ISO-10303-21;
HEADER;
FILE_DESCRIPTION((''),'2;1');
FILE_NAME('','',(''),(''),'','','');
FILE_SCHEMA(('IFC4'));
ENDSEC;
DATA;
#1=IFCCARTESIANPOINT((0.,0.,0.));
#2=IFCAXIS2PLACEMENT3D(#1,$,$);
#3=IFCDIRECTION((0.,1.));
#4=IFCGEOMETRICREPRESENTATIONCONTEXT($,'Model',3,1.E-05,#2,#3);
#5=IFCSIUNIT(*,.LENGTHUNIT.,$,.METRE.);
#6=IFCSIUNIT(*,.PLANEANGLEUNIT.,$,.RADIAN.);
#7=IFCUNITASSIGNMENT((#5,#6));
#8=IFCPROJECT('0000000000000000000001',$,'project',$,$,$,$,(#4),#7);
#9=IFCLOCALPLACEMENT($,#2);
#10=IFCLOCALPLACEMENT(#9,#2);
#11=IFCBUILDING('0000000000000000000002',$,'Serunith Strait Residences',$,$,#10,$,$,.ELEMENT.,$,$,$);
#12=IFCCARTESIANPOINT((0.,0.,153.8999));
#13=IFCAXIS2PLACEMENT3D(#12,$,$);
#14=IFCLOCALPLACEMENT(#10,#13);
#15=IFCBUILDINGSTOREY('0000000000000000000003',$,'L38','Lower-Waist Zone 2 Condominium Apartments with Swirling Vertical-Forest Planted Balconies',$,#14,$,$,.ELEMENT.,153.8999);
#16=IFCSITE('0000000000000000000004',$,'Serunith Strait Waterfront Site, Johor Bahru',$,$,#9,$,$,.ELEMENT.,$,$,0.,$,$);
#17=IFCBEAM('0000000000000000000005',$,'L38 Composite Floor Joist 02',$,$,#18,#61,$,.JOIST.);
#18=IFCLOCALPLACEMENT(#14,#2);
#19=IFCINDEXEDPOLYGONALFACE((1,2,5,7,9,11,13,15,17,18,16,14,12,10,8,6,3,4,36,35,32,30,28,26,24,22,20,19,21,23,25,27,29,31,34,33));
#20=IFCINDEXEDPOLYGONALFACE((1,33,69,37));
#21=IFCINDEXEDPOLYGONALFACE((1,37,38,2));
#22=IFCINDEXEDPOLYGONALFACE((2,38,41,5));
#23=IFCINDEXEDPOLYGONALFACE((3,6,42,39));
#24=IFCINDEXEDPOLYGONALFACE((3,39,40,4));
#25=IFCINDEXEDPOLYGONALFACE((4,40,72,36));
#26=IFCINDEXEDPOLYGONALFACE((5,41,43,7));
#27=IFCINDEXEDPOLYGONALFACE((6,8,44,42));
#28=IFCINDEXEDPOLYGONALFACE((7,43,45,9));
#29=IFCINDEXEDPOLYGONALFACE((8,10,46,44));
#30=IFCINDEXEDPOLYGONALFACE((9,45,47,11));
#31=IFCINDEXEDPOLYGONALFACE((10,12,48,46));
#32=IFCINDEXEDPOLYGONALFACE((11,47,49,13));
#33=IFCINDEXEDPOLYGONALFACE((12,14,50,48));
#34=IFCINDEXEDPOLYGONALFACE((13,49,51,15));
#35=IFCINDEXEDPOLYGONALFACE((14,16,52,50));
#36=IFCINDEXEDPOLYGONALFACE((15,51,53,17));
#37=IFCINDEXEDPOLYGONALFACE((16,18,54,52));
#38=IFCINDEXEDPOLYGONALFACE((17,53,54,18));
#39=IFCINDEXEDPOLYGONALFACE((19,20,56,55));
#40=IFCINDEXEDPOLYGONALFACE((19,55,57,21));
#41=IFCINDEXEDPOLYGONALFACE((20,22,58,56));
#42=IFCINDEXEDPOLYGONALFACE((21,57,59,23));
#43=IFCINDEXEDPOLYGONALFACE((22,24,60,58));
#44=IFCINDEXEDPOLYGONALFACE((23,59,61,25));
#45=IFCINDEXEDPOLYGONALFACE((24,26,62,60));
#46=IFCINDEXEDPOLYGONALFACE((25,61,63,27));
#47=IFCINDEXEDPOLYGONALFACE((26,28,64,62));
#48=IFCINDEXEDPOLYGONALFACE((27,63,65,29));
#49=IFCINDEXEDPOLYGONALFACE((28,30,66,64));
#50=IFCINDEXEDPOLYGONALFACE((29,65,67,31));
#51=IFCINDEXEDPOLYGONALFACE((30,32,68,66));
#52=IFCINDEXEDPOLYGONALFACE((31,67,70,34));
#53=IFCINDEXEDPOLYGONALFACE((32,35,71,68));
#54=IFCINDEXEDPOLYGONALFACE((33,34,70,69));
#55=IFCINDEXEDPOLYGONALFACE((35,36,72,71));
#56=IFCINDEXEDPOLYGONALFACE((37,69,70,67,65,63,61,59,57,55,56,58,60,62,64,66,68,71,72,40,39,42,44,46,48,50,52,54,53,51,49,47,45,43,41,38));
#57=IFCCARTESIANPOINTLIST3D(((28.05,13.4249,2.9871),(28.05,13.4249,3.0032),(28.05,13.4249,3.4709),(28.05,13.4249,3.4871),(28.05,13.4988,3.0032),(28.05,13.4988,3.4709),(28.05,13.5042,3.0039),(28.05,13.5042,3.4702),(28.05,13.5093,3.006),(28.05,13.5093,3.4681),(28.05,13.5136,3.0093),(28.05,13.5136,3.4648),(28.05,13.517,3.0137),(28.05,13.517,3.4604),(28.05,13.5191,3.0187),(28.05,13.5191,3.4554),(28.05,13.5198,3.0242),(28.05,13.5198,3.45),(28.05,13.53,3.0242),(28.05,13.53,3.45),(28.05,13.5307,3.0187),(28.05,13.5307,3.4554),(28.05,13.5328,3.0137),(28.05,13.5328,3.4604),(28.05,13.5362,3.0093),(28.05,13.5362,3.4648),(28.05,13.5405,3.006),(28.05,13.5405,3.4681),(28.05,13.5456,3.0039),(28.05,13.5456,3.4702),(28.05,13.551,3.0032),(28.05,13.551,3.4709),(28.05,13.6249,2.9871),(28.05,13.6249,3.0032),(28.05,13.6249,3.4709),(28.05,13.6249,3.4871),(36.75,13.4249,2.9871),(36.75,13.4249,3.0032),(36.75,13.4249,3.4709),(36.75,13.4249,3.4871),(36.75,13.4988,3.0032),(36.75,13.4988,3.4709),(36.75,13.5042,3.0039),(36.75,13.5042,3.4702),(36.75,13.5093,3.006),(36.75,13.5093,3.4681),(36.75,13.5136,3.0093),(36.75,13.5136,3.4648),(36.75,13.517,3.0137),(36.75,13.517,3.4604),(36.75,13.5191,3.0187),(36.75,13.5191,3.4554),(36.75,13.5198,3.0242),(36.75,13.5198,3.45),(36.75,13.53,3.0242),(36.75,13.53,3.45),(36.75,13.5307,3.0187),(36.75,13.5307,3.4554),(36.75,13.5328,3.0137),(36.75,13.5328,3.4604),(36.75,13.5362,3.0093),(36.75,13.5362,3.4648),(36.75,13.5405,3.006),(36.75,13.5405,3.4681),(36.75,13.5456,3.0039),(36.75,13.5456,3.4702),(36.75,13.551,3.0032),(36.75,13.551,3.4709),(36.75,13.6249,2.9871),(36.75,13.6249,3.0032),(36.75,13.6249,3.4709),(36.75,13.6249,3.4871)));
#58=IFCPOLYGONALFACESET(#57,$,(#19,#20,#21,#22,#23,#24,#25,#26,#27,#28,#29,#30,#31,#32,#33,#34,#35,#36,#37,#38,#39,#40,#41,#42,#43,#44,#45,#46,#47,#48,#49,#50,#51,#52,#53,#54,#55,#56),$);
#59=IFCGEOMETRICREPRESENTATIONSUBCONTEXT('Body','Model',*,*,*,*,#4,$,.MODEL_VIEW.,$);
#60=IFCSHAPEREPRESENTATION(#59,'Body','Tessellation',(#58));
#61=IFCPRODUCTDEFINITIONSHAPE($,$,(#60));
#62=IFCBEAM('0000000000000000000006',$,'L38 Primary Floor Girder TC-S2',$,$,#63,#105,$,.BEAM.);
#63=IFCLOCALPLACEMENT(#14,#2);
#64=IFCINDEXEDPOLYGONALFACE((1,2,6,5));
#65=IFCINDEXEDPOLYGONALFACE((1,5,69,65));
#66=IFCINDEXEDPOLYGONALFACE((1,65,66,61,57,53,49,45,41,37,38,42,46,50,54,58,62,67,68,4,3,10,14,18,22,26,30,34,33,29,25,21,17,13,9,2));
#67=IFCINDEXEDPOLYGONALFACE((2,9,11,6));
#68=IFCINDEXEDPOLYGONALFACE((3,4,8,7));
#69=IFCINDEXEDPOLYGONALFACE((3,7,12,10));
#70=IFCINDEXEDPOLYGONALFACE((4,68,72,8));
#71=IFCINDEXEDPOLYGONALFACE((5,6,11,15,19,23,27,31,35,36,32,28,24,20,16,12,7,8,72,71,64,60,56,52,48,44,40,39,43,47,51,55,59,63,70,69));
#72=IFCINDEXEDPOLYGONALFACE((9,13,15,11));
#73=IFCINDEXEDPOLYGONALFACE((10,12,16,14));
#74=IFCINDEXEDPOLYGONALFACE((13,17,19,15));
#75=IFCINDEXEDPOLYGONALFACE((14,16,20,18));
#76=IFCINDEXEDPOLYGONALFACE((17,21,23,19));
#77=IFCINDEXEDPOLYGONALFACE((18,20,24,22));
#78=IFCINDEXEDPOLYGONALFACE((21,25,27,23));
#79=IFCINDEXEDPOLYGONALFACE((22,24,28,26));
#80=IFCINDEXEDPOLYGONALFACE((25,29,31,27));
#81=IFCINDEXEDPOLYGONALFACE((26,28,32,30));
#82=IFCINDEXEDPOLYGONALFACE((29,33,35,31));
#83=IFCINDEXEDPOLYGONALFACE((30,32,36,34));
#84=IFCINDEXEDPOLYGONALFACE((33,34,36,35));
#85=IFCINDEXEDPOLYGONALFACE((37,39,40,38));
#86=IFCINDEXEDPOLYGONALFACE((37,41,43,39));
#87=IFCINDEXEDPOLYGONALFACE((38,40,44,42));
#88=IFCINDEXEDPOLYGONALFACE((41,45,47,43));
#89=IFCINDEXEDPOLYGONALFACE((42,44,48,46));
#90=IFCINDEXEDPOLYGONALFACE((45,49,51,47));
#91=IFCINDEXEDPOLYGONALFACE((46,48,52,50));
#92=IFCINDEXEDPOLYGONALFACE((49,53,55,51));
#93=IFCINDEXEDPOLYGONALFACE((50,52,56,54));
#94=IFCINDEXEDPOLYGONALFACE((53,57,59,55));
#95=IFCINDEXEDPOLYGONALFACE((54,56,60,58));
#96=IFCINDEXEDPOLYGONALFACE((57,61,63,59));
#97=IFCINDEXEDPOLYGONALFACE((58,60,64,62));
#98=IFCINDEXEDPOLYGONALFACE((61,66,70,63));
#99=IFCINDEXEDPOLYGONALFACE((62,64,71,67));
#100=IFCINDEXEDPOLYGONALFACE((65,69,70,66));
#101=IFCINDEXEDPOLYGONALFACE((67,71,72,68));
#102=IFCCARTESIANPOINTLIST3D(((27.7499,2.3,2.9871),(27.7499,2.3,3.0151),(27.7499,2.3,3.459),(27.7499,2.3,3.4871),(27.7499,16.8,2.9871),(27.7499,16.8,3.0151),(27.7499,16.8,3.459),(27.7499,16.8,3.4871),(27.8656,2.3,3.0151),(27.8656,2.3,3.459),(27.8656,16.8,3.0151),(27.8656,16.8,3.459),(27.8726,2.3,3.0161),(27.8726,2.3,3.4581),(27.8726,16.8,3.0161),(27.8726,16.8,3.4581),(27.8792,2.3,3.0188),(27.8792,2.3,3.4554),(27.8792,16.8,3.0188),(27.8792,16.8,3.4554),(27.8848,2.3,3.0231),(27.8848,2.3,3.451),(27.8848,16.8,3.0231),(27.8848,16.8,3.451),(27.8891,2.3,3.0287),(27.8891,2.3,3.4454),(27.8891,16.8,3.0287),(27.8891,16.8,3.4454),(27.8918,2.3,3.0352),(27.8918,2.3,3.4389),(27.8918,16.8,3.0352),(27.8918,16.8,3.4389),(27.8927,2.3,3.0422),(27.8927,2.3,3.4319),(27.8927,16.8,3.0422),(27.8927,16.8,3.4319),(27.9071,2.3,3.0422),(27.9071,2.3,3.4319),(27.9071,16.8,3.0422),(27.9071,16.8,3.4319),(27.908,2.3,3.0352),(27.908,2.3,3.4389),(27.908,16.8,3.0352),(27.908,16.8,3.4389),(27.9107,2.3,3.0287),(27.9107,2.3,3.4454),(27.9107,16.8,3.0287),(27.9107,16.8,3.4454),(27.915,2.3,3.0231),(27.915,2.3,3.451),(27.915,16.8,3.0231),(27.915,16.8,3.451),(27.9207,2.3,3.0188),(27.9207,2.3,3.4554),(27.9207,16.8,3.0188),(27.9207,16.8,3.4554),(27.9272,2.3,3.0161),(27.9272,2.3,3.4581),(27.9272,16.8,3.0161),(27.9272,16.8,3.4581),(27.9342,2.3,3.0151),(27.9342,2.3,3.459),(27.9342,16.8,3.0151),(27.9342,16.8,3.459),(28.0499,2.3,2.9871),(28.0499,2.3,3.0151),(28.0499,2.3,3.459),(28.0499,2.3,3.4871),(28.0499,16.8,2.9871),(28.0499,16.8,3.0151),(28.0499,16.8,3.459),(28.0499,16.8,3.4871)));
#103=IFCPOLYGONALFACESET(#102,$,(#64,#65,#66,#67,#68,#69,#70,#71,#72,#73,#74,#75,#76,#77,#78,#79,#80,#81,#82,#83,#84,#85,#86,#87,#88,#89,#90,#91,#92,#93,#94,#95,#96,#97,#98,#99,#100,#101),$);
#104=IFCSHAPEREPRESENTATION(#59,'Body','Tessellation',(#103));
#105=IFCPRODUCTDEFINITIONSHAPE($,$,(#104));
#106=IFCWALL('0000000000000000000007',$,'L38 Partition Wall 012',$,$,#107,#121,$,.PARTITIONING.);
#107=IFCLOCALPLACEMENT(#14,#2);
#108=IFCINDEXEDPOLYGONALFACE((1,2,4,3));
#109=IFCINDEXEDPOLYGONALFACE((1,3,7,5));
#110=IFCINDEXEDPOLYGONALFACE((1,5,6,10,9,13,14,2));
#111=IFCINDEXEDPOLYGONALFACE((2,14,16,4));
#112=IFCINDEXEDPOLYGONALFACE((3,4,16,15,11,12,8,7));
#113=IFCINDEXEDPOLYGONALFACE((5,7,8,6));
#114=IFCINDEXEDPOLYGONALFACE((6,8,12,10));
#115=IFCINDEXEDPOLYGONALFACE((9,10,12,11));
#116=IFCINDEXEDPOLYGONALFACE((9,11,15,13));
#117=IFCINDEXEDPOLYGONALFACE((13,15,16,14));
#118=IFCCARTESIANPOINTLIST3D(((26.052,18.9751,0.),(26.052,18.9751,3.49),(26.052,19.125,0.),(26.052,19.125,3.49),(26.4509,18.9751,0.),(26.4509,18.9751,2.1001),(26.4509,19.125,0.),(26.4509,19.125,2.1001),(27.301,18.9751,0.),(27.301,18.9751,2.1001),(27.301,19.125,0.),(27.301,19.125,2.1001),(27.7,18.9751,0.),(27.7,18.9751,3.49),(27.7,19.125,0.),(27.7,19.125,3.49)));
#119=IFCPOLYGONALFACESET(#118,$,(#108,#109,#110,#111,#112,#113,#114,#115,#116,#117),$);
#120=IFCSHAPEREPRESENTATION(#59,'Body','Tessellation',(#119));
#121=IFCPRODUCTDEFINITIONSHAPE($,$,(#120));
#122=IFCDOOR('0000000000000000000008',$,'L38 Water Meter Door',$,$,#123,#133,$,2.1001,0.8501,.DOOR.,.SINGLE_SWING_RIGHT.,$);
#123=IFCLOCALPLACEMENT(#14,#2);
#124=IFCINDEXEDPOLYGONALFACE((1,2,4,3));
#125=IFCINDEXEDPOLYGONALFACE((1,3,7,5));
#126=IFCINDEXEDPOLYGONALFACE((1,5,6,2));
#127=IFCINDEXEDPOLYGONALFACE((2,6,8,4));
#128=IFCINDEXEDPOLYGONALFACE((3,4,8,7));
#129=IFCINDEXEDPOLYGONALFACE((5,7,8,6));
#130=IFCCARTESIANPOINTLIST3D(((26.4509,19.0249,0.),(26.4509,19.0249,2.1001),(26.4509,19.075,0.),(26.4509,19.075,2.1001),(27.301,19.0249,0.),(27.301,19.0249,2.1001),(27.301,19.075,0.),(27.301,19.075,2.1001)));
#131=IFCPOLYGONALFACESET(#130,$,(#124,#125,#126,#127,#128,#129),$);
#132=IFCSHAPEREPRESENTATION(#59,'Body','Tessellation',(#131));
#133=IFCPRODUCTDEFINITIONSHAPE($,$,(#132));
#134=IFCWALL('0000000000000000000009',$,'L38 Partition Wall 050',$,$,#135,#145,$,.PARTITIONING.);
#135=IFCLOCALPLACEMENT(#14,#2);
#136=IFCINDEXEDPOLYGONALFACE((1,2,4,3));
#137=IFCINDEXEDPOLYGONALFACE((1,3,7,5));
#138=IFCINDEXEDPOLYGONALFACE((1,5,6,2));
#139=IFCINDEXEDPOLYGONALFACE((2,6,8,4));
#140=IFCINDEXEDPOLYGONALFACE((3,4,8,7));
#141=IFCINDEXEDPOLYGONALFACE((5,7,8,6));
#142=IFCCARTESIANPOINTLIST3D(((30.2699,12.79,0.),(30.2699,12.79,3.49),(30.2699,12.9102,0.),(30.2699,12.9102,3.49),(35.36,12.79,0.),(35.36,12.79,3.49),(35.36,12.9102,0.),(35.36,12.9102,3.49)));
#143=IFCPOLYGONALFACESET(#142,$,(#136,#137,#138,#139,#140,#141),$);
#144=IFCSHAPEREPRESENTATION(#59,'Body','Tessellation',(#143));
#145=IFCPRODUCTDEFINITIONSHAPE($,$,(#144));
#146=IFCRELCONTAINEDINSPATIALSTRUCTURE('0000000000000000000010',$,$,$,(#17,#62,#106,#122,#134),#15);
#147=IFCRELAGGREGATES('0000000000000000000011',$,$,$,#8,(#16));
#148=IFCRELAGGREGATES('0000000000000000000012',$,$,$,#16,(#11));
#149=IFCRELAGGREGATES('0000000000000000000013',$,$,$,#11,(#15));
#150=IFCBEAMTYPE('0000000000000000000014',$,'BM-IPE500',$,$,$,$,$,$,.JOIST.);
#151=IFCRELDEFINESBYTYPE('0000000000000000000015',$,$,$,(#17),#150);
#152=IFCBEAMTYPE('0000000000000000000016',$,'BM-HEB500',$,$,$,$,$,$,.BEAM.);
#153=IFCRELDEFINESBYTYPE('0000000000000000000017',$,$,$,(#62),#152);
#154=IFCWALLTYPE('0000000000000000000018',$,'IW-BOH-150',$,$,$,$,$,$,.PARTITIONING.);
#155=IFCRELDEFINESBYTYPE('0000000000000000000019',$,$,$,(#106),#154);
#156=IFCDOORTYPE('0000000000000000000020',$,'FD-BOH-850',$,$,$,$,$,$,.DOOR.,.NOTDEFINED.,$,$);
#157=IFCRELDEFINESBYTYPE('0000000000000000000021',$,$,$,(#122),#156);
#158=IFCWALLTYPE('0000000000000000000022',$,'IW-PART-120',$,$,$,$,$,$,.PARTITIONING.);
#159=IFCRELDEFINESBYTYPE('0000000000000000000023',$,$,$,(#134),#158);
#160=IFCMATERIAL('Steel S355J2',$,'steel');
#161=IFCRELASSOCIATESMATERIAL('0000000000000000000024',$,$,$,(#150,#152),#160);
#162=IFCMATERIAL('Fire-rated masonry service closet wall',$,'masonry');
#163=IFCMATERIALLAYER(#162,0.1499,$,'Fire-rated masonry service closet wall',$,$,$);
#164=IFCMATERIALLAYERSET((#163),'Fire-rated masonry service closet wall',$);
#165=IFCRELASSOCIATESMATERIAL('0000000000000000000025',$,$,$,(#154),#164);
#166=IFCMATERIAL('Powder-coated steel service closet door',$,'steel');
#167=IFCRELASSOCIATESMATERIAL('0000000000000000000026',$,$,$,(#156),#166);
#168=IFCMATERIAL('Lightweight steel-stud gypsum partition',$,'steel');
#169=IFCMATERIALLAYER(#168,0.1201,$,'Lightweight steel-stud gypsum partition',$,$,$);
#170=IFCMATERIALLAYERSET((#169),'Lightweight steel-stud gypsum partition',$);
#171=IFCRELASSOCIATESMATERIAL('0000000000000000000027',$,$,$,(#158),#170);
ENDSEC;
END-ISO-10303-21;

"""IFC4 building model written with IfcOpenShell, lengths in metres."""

from ifc_helpers import new_model, si_unit, direction, frame, frame_2d, origin, origin_2d, place, context, subcontext, project, spatial, rectangle, i_section, extrude, source, transform, mapped, material, layer, layer_set, material_profile, profile_set, type_object, element, fill, save


model = new_model("IFC4")

# Units and contexts
model_context = context("Model", 3, precision=1e-05, world=origin(), true_north=direction((0.0, 1.0)))
body_context = subcontext(model_context, "Body", "Model", "MODEL_VIEW")
ifc_project = project(units=[si_unit("LENGTHUNIT", "METRE"), si_unit("PLANEANGLEUNIT", "RADIAN")], contexts=[model_context])

# Site, building, storey
site_placement = place(None, origin())
site = spatial("IfcSite", under=ifc_project, at=site_placement, Name="Serunith Strait Waterfront Site, Johor Bahru", CompositionType="ELEMENT", RefElevation=0.0)
building_placement = place(site_placement, origin())
building = spatial("IfcBuilding", under=site, at=building_placement, Name="Serunith Strait Residences", CompositionType="ELEMENT")
storey_placement = place(building_placement, frame((0.0, 0.0, 153.8999)))
storey = spatial("IfcBuildingStorey", under=building, at=storey_placement, Name="L38", Description="Lower-Waist Zone 2 Condominium Apartments with Swirling Vertical-Forest Planted Balconies", CompositionType="ELEMENT", Elevation=153.8999)

# Beams
ifc_material_1 = material(Name="Steel S355J2", Category="steel")
ifc_material_profile_1 = material_profile(ifc_material_1, i_section(OverallWidth=0.2, OverallDepth=0.5, WebThickness=0.0103, FlangeThickness=0.0161, FilletRadius=0.021, at=origin_2d()), Name="IPE 500")
ifc_profile_set_1 = profile_set([ifc_material_profile_1], Name="Steel S355J2")
beam_type_1 = type_object("IfcBeamType", Name="BM-IPE500", PredefinedType="JOIST", material=ifc_profile_set_1)
shared_shape_1 = source(origin(), body_context, "Body", "SweptSolid", [
    extrude(i_section(OverallWidth=0.2, OverallDepth=0.5, WebThickness=0.0103, FlangeThickness=0.0161, FilletRadius=0.021, at=origin_2d()), origin(), (0.0, 0.0, 1.0), 8.7),
])
beam_1_placement = place(storey_placement, frame((28.05, 13.5249, 3.2371), z_axis=(1.0, 0.0, 0.0), x_axis=(0.0, 1.0, 0.0)))
element("IfcBeam", 1, at=beam_1_placement, inside=storey, type_object=beam_type_1, Name="L38 Composite Floor Joist 02", PredefinedType="JOIST", context=body_context, shape_type="MappedRepresentation", body=[
    mapped(shared_shape_1, transform((0.0, 0.0, 0.0), scale=1.0)),
])
ifc_material_profile_2 = material_profile(ifc_material_1, i_section(OverallWidth=0.3, OverallDepth=0.5, WebThickness=0.0144, FlangeThickness=0.0281, FilletRadius=0.0271, at=origin_2d()), Name="HEB 500")
ifc_profile_set_2 = profile_set([ifc_material_profile_2], Name="Steel S355J2")
beam_type_2 = type_object("IfcBeamType", Name="BM-HEB500", PredefinedType="BEAM", material=ifc_profile_set_2)
shared_shape_2 = source(origin(), body_context, "Body", "SweptSolid", [
    extrude(i_section(OverallWidth=0.3, OverallDepth=0.5, WebThickness=0.0144, FlangeThickness=0.0281, FilletRadius=0.0271, at=origin_2d()), origin(), (0.0, 0.0, 1.0), 14.5),
])
beam_2_placement = place(storey_placement, frame((27.8999, 16.8, 3.2371), z_axis=(0.0, -1.0, 0.0), x_axis=(1.0, 0.0, 0.0)))
element("IfcBeam", 2, at=beam_2_placement, inside=storey, type_object=beam_type_2, Name="L38 Primary Floor Girder TC-S2", PredefinedType="BEAM", context=body_context, shape_type="MappedRepresentation", body=[
    mapped(shared_shape_2, transform((0.0, 0.0, 0.0), scale=1.0)),
])

# Wall, opening, door
ifc_material_2 = material(Name="Fire-rated masonry service closet wall", Category="masonry")
ifc_layer_1 = layer(ifc_material_2, 0.1499, Name="Fire-rated masonry service closet wall")
ifc_layer_set_1 = layer_set([ifc_layer_1], Name="Fire-rated masonry service closet wall")
wall_type_1 = type_object("IfcWallType", Name="IW-BOH-150", PredefinedType="PARTITIONING", material=ifc_layer_set_1)
wall_1_placement = place(storey_placement, frame((26.052, 19.05, 0.0), z_axis=(0.0, 0.0, 1.0), x_axis=(1.0, 0.0, 0.0)))
wall_1 = element("IfcWall", 3, at=wall_1_placement, inside=storey, type_object=wall_type_1, Name="L38 Partition Wall 012", PredefinedType="PARTITIONING", context=body_context, shape_type="SweptSolid", body=[
    extrude(rectangle(XDim=1.6479, YDim=0.1499, at=frame_2d((0.824, 0.0))), origin(), (0.0, 0.0, 1.0), 3.49),
])
opening_1_placement = place(wall_1_placement, frame((0.3989, 0.0, 0.0)))
opening_1 = element("IfcOpeningElement", 4, at=opening_1_placement, cuts=wall_1, PredefinedType="OPENING", context=body_context, shape_type="SweptSolid", body=[
    extrude(rectangle(XDim=0.8501, YDim=2.1001, at=frame_2d((0.425, 1.05))), frame((0.0, 0.085, 0.0), z_axis=(0.0, -1.0, 0.0), x_axis=(1.0, 0.0, 0.0)), (0.0, 0.0, 1.0), 0.1699),
])
ifc_material_3 = material(Name="Powder-coated steel service closet door", Category="steel")
door_type_1 = type_object("IfcDoorType", Name="FD-BOH-850", OperationType="NOTDEFINED", PredefinedType="DOOR", material=ifc_material_3)
shared_shape_3 = source(origin(), body_context, "Body", "SweptSolid", [
    extrude(rectangle(XDim=0.8501, YDim=2.1001, at=frame_2d((0.425, 1.05))), frame((0.0, 0.0249, 0.0), z_axis=(0.0, -1.0, 0.0), x_axis=(1.0, 0.0, 0.0)), (0.0, 0.0, 1.0), 0.05),
])
door_1_placement = place(opening_1_placement, origin())
door_1 = element("IfcDoor", 5, at=door_1_placement, inside=storey, type_object=door_type_1, Name="L38 Water Meter Door", OperationType="SINGLE_SWING_RIGHT", OverallHeight=2.1001, OverallWidth=0.8501, PredefinedType="DOOR", context=body_context, shape_type="MappedRepresentation", body=[
    mapped(shared_shape_3, transform((0.0, 0.0, 0.0), scale=1.0)),
])
fill(opening_1, door_1)

# Wall
ifc_material_4 = material(Name="Lightweight steel-stud gypsum partition", Category="steel")
ifc_layer_2 = layer(ifc_material_4, 0.1201, Name="Lightweight steel-stud gypsum partition")
ifc_layer_set_2 = layer_set([ifc_layer_2], Name="Lightweight steel-stud gypsum partition")
wall_type_2 = type_object("IfcWallType", Name="IW-PART-120", PredefinedType="PARTITIONING", material=ifc_layer_set_2)
wall_2_placement = place(storey_placement, frame((30.27, 12.8501, 0.0), z_axis=(0.0, 0.0, 1.0), x_axis=(1.0, 0.0, 0.0)))
element("IfcWall", 6, at=wall_2_placement, inside=storey, type_object=wall_type_2, Name="L38 Partition Wall 050", PredefinedType="PARTITIONING", context=body_context, shape_type="SweptSolid", body=[
    extrude(rectangle(XDim=5.0901, YDim=0.1201, at=frame_2d((2.5449, 0.0))), origin(), (0.0, 0.0, 1.0), 3.49),
])

save(model, "model.ifc")
